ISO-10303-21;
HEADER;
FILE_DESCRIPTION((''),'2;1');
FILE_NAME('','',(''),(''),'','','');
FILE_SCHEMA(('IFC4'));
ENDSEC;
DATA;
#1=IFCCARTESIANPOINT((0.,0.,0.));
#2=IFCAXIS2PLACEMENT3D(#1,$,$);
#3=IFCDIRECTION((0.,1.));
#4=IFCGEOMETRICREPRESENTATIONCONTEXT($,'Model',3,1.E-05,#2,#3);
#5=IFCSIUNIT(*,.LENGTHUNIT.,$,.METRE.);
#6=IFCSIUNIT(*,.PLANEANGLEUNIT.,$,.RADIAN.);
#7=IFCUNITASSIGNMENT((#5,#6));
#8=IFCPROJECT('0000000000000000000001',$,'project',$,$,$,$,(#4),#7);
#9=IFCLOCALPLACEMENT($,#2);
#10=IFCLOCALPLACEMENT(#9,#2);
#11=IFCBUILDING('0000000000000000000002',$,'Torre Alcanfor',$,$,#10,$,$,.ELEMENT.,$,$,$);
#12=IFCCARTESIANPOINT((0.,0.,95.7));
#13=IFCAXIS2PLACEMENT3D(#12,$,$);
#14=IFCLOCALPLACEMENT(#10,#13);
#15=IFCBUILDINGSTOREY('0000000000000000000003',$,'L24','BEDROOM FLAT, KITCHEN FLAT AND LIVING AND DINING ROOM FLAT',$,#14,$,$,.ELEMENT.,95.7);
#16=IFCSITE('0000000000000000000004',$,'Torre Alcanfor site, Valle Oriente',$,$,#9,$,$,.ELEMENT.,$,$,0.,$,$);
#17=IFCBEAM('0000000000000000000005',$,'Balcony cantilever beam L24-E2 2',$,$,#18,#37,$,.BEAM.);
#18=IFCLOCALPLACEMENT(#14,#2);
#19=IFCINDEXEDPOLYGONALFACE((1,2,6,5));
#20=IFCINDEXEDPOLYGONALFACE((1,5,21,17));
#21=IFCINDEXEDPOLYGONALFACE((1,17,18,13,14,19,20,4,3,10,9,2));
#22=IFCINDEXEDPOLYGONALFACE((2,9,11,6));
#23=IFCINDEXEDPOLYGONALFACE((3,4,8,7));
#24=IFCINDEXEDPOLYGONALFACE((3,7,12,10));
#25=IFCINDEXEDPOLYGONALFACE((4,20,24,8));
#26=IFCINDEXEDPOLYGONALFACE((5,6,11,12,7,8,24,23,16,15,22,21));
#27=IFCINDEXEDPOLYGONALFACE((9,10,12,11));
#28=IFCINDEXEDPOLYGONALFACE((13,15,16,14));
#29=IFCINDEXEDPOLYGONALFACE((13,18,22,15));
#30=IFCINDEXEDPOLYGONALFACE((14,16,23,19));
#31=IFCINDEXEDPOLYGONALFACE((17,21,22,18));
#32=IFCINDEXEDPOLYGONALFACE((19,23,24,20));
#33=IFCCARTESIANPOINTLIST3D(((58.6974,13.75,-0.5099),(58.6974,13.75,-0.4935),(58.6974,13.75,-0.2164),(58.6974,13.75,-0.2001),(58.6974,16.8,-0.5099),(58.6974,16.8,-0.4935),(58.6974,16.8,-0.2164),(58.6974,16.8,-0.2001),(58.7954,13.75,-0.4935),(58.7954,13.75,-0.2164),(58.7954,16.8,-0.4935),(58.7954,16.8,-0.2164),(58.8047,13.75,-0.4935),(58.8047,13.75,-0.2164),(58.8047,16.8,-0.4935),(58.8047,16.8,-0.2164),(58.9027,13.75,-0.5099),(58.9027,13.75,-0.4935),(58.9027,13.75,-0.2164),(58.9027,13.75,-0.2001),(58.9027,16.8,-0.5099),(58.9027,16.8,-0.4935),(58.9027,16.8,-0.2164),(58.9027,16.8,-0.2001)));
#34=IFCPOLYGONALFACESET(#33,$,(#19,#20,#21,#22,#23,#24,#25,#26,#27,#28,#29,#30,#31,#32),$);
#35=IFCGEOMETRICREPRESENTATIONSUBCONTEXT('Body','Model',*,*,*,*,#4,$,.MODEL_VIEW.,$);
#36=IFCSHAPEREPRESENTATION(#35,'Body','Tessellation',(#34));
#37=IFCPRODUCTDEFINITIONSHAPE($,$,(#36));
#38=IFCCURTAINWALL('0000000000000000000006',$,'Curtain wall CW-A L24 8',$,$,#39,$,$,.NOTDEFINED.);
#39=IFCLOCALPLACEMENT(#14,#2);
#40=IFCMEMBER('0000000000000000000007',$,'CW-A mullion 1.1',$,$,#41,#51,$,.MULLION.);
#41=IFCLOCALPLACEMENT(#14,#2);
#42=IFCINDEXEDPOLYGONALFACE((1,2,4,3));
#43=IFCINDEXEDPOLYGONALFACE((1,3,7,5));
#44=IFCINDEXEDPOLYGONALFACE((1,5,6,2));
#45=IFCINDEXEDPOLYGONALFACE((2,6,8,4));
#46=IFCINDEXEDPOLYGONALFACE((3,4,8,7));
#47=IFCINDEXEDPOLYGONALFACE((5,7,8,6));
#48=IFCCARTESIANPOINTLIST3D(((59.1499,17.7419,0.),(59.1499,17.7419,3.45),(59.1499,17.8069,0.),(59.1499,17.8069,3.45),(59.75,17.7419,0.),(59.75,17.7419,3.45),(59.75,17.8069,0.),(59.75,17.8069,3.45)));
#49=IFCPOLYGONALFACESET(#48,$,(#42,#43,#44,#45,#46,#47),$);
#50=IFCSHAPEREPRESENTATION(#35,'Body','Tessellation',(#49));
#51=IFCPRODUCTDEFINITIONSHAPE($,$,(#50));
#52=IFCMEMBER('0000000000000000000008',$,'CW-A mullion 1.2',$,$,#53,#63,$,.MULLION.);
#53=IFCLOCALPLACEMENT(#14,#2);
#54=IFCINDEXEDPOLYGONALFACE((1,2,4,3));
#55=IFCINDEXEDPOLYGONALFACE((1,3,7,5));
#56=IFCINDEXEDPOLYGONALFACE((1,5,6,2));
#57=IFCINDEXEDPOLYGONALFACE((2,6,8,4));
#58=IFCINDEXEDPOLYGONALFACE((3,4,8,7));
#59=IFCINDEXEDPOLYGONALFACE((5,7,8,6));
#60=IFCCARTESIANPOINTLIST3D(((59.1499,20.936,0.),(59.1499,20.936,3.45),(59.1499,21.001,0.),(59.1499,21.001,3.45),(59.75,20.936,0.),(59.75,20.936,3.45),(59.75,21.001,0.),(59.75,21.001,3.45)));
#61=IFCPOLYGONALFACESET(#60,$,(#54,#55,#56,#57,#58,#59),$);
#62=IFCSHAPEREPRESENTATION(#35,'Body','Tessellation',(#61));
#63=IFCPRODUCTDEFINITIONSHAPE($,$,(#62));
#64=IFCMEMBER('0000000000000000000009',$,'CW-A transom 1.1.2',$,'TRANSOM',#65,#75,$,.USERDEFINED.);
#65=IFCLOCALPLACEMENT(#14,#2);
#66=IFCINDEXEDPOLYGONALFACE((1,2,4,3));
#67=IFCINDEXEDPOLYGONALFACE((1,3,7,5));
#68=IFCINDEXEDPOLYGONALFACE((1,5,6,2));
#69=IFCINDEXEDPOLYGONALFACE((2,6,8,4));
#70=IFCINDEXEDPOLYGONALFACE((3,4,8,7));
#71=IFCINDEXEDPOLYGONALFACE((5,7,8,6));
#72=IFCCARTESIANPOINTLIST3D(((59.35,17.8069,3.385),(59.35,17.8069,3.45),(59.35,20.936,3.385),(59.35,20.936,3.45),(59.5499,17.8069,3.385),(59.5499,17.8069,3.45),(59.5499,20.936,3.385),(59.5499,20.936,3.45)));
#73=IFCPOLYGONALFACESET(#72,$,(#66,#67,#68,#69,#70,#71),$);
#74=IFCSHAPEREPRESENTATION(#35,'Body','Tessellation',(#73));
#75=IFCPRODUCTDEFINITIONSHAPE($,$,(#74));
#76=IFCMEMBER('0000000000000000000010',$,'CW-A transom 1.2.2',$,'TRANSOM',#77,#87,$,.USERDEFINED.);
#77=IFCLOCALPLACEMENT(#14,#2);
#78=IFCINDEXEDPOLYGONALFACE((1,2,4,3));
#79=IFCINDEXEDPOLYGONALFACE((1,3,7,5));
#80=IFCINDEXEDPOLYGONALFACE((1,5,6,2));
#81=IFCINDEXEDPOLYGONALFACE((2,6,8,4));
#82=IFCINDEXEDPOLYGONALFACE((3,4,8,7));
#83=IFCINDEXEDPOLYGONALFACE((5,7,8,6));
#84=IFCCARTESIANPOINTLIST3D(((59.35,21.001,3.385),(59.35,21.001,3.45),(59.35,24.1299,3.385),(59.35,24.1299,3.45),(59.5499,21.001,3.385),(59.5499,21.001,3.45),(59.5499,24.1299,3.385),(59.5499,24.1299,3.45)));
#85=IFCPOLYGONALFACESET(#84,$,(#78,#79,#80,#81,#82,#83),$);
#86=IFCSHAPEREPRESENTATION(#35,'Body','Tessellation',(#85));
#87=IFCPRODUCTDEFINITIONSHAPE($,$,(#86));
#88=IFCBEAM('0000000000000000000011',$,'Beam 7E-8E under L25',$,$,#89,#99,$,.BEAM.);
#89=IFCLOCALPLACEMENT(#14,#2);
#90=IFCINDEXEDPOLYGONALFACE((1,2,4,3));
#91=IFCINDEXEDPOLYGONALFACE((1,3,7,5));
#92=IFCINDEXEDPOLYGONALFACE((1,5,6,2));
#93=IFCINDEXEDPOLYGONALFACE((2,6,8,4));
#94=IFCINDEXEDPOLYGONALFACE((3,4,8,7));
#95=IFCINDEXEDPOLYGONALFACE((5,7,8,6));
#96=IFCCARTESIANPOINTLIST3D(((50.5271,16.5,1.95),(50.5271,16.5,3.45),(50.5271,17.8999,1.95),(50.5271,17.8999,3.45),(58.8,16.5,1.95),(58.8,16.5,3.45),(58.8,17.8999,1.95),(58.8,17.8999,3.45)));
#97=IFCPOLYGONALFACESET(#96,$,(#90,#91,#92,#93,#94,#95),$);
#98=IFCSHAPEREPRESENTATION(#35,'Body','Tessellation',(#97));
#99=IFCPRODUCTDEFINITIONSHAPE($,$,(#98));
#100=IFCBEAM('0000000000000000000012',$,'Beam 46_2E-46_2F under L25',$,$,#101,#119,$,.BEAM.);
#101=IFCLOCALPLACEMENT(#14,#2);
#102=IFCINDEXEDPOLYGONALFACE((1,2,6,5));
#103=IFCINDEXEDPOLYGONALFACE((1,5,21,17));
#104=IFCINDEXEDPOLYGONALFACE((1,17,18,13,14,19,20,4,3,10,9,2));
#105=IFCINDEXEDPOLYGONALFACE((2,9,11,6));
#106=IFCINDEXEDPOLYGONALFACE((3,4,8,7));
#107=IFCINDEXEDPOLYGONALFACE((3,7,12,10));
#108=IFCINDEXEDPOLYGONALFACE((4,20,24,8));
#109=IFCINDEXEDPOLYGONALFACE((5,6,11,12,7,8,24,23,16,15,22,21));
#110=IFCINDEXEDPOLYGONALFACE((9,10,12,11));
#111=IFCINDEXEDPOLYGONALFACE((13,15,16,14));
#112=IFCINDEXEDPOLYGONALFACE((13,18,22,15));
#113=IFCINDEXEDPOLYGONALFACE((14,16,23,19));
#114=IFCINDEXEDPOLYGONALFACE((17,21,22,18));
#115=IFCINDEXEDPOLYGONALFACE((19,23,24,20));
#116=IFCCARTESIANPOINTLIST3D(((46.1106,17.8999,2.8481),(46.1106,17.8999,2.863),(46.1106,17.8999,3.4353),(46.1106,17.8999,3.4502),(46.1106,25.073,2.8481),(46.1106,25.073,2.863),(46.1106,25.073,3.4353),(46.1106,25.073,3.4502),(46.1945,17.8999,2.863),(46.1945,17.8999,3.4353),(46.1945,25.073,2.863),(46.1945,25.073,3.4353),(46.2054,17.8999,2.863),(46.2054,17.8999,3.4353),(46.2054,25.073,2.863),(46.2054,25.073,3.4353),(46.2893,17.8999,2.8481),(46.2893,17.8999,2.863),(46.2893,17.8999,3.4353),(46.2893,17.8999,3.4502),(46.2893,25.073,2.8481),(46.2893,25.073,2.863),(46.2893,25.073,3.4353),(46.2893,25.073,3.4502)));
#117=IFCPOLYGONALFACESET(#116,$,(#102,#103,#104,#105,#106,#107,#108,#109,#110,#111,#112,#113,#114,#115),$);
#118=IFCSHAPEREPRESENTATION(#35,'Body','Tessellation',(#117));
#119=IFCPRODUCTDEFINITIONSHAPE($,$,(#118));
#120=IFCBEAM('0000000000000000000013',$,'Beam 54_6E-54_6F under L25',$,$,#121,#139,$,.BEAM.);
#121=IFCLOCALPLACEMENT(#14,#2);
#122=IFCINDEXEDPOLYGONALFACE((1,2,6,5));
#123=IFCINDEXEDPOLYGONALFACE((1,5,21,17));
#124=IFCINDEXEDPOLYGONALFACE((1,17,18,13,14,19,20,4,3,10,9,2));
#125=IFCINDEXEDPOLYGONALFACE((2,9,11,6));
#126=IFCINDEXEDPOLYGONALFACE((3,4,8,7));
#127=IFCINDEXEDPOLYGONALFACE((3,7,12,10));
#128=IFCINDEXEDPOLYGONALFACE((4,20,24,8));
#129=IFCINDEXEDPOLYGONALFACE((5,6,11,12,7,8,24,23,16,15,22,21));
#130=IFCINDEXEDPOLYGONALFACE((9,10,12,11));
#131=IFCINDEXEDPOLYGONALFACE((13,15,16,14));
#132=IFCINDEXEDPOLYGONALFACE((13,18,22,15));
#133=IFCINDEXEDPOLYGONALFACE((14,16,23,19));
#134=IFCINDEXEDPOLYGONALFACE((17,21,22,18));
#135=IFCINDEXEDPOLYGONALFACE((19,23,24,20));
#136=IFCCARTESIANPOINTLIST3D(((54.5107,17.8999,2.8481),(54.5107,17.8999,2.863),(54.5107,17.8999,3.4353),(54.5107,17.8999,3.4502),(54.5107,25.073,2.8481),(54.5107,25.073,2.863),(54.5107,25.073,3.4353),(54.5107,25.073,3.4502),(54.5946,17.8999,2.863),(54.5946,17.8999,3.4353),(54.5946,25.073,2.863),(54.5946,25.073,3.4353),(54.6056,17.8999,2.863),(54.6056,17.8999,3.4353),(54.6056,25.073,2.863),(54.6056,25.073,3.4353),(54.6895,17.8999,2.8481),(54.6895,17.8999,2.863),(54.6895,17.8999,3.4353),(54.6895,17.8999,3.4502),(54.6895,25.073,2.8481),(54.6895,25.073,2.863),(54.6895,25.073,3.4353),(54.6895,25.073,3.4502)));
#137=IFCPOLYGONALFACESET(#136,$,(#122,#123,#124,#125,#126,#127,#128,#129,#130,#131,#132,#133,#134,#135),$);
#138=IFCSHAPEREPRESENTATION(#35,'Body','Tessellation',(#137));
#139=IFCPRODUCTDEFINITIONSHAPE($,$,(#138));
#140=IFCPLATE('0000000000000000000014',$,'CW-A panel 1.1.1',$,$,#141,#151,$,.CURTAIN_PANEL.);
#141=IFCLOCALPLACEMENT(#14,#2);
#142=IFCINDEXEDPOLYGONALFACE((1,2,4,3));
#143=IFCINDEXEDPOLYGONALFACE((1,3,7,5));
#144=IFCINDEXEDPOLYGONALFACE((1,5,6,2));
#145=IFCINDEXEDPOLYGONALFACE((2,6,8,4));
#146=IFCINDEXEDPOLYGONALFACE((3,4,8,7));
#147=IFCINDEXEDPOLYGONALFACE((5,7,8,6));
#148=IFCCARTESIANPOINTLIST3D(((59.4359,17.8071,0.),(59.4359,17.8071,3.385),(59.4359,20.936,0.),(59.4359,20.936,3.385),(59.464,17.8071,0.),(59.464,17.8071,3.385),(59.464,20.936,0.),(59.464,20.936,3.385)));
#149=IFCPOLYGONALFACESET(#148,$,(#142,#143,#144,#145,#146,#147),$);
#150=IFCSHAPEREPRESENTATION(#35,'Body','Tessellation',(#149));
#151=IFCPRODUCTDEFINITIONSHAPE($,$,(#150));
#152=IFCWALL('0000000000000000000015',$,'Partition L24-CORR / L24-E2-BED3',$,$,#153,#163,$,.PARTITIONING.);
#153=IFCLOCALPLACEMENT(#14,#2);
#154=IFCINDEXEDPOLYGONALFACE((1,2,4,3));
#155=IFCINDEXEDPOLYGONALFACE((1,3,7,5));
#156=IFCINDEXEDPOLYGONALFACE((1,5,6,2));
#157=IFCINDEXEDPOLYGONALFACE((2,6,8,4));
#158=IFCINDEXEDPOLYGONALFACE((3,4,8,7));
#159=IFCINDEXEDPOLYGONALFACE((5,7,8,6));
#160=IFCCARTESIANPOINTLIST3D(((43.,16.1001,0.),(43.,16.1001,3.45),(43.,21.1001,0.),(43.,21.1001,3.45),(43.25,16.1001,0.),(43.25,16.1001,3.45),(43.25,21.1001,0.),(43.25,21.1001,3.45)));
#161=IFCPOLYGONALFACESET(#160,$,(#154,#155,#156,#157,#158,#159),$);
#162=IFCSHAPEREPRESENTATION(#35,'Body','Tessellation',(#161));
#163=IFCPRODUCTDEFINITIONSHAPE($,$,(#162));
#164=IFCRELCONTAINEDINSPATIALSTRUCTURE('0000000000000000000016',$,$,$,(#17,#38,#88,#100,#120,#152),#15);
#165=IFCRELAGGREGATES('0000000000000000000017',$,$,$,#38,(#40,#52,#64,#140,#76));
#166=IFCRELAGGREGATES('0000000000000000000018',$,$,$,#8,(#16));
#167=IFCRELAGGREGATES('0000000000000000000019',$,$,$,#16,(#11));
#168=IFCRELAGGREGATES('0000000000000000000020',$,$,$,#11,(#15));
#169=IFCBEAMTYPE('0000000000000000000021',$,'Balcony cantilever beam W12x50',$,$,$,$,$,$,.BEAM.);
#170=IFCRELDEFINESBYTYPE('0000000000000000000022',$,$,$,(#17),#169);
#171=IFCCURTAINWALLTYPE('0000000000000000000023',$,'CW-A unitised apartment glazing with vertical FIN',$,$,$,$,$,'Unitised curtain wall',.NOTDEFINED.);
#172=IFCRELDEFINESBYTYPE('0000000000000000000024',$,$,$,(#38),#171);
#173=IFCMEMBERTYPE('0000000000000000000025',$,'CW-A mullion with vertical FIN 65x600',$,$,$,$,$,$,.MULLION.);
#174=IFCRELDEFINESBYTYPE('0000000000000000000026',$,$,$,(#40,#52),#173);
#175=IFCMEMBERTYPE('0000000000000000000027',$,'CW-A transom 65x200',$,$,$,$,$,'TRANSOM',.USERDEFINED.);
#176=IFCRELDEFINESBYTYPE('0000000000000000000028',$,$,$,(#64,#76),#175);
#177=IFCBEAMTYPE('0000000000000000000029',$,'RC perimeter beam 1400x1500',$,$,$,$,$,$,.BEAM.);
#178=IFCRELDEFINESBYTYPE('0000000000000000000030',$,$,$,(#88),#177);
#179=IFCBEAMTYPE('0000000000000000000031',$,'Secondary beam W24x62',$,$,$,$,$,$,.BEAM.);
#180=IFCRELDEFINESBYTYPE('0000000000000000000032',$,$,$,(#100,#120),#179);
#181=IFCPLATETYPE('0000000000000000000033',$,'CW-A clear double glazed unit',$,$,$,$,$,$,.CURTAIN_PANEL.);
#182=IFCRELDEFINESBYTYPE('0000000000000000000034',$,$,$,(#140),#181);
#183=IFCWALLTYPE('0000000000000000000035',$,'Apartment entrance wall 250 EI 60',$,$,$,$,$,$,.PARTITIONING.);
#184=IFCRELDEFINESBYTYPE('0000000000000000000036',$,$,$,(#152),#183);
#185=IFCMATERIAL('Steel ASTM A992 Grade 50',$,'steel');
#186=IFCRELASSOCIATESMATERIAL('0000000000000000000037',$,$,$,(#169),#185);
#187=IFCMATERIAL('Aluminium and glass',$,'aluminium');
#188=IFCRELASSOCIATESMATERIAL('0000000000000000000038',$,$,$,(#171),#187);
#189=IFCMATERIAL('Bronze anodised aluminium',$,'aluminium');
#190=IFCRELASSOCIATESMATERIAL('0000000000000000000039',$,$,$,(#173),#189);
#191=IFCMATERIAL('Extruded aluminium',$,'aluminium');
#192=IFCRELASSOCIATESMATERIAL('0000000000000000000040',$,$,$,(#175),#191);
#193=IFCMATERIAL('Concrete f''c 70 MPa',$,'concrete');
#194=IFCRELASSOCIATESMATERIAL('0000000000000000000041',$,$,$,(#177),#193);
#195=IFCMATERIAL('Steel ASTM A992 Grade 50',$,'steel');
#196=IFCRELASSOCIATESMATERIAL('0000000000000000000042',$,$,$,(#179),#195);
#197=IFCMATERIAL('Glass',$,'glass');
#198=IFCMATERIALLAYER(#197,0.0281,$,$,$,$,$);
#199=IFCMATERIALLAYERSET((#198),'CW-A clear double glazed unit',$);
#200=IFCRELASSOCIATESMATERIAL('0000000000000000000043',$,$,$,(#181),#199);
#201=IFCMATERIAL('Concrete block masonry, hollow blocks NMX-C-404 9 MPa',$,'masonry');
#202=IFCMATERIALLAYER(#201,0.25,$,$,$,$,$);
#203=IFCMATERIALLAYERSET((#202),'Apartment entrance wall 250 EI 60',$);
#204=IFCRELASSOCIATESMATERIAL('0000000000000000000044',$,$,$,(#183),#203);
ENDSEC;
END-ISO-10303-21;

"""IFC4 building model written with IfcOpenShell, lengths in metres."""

from ifc_helpers import new_model, si_unit, direction, frame, frame_2d, origin, origin_2d, place, context, subcontext, project, spatial, rectangle, i_section, extrude, material, layer, layer_set, material_profile, profile_set, type_object, element, aggregate, save


model = new_model("IFC4")

# Units and contexts
model_context = context("Model", 3, precision=1e-05, world=origin(), true_north=direction((0.0, 1.0)))
body_context = subcontext(model_context, "Body", "Model", "MODEL_VIEW")
ifc_project = project(units=[si_unit("LENGTHUNIT", "METRE"), si_unit("PLANEANGLEUNIT", "RADIAN")], contexts=[model_context])

# Site, building, storey
site_placement = place(None, origin())
site = spatial("IfcSite", under=ifc_project, at=site_placement, Name="Torre Alcanfor site, Valle Oriente", CompositionType="ELEMENT", RefElevation=0.0)
building_placement = place(site_placement, origin())
building = spatial("IfcBuilding", under=site, at=building_placement, Name="Torre Alcanfor", CompositionType="ELEMENT")
storey_placement = place(building_placement, frame((0.0, 0.0, 95.7)))
storey = spatial("IfcBuildingStorey", under=building, at=storey_placement, Name="L24", Description="BEDROOM FLAT, KITCHEN FLAT AND LIVING AND DINING ROOM FLAT", CompositionType="ELEMENT", Elevation=95.7)

# Beam
ifc_material_1 = material(Name="Steel ASTM A992 Grade 50", Category="steel")
ifc_material_profile_1 = material_profile(ifc_material_1, i_section(OverallWidth=0.2053, OverallDepth=0.3098, WebThickness=0.0093, FlangeThickness=0.0164, at=origin_2d()), Name="W12x50")
ifc_profile_set_1 = profile_set([ifc_material_profile_1], Name="Steel ASTM A992 Grade 50")
beam_type_1 = type_object("IfcBeamType", Name="Balcony cantilever beam W12x50", PredefinedType="BEAM", material=ifc_profile_set_1)
beam_1_placement = place(storey_placement, frame((58.8, 16.8, -0.355), z_axis=(0.0, -1.0, 0.0), x_axis=(1.0, 0.0, 0.0)))
element("IfcBeam", 1, at=beam_1_placement, inside=storey, type_object=beam_type_1, Name="Balcony cantilever beam L24-E2 2", PredefinedType="BEAM", context=body_context, shape_type="SweptSolid", body=[
    extrude(i_section(OverallWidth=0.2053, OverallDepth=0.3098, WebThickness=0.0093, FlangeThickness=0.0164, at=origin_2d()), origin(), (0.0, 0.0, 1.0), 3.05),
])

# Curtain wall, members
ifc_material_2 = material(Name="Aluminium and glass", Category="aluminium")
curtain_wall_type = type_object("IfcCurtainWallType", Name="CW-A unitised apartment glazing with vertical FIN", ElementType="Unitised curtain wall", PredefinedType="NOTDEFINED", material=ifc_material_2)
curtain_wall_placement = place(storey_placement, origin())
curtain_wall = element("IfcCurtainWall", 2, at=curtain_wall_placement, inside=storey, type_object=curtain_wall_type, Name="Curtain wall CW-A L24 8", PredefinedType="NOTDEFINED")
ifc_material_3 = material(Name="Bronze anodised aluminium", Category="aluminium")
ifc_material_profile_2 = material_profile(ifc_material_3, rectangle(XDim=0.6001, YDim=0.0649, at=origin_2d()), Name="CW-A mullion 65x600")
ifc_profile_set_2 = profile_set([ifc_material_profile_2], Name="Bronze anodised aluminium")
member_type_1 = type_object("IfcMemberType", Name="CW-A mullion with vertical FIN 65x600", PredefinedType="MULLION", material=ifc_profile_set_2)
member_1_placement = place(storey_placement, frame((59.45, 17.7744, 0.0), z_axis=(0.0, 0.0, 1.0), x_axis=(-1.0, 0.0, 0.0)))
member_1 = element("IfcMember", 3, at=member_1_placement, type_object=member_type_1, Name="CW-A mullion 1.1", PredefinedType="MULLION", context=body_context, shape_type="SweptSolid", body=[
    extrude(rectangle(XDim=0.6001, YDim=0.0649, at=origin_2d()), origin(), (0.0, 0.0, 1.0), 3.45),
])
member_2_placement = place(storey_placement, frame((59.45, 20.9685, 0.0), z_axis=(0.0, 0.0, 1.0), x_axis=(-1.0, 0.0, 0.0)))
member_2 = element("IfcMember", 4, at=member_2_placement, type_object=member_type_1, Name="CW-A mullion 1.2", PredefinedType="MULLION", context=body_context, shape_type="SweptSolid", body=[
    extrude(rectangle(XDim=0.6001, YDim=0.0649, at=origin_2d()), origin(), (0.0, 0.0, 1.0), 3.45),
])
ifc_material_4 = material(Name="Extruded aluminium", Category="aluminium")
ifc_material_profile_3 = material_profile(ifc_material_4, rectangle(XDim=0.2, YDim=0.0649, at=origin_2d()), Name="CW-A transom 200x65")
ifc_profile_set_3 = profile_set([ifc_material_profile_3], Name="Extruded aluminium")
member_type_2 = type_object("IfcMemberType", Name="CW-A transom 65x200", ElementType="TRANSOM", PredefinedType="USERDEFINED", material=ifc_profile_set_3)
member_3_placement = place(storey_placement, frame((59.45, 17.8069, 3.4175), z_axis=(0.0, 1.0, 0.0), x_axis=(-1.0, 0.0, 0.0)))
member_3 = element("IfcMember", 5, at=member_3_placement, type_object=member_type_2, Name="CW-A transom 1.1.2", ObjectType="TRANSOM", PredefinedType="USERDEFINED", context=body_context, shape_type="SweptSolid", body=[
    extrude(rectangle(XDim=0.2, YDim=0.0649, at=origin_2d()), origin(), (0.0, 0.0, 1.0), 3.1292),
])
member_4_placement = place(storey_placement, frame((59.45, 21.001, 3.4175), z_axis=(0.0, 1.0, 0.0), x_axis=(-1.0, 0.0, 0.0)))
member_4 = element("IfcMember", 6, at=member_4_placement, type_object=member_type_2, Name="CW-A transom 1.2.2", ObjectType="TRANSOM", PredefinedType="USERDEFINED", context=body_context, shape_type="SweptSolid", body=[
    extrude(rectangle(XDim=0.2, YDim=0.0649, at=origin_2d()), origin(), (0.0, 0.0, 1.0), 3.1289),
])

# Beams
ifc_material_5 = material(Name="Concrete f'c 70 MPa", Category="concrete")
ifc_material_profile_4 = material_profile(ifc_material_5, rectangle(XDim=1.3999, YDim=1.5, at=origin_2d()), Name="1400x1500")
ifc_profile_set_4 = profile_set([ifc_material_profile_4], Name="Concrete f'c 70 MPa")
beam_type_2 = type_object("IfcBeamType", Name="RC perimeter beam 1400x1500", PredefinedType="BEAM", material=ifc_profile_set_4)
beam_2_placement = place(storey_placement, frame((50.5271, 17.2, 2.7), z_axis=(1.0, 0.0, 0.0), x_axis=(0.0, 1.0, 0.0)))
element("IfcBeam", 7, at=beam_2_placement, inside=storey, type_object=beam_type_2, Name="Beam 7E-8E under L25", PredefinedType="BEAM", context=body_context, shape_type="SweptSolid", body=[
    extrude(rectangle(XDim=1.3999, YDim=1.5, at=origin_2d()), origin(), (0.0, 0.0, 1.0), 8.2729),
])
ifc_material_6 = material(Name="Steel ASTM A992 Grade 50", Category="steel")
ifc_material_profile_5 = material_profile(ifc_material_6, i_section(OverallWidth=0.1787, OverallDepth=0.6021, WebThickness=0.011, FlangeThickness=0.0149, at=origin_2d()), Name="W24x62")
ifc_profile_set_5 = profile_set([ifc_material_profile_5], Name="Steel ASTM A992 Grade 50")
beam_type_3 = type_object("IfcBeamType", Name="Secondary beam W24x62", PredefinedType="BEAM", material=ifc_profile_set_5)
for number, where, z_axis, x_axis, name in (
    (8, (46.2, 17.8999, 3.1492), (0.0, 1.0, 0.0), (-1.0, 0.0, 0.0), "Beam 46_2E-46_2F under L25"),
    (9, (54.6001, 17.8999, 3.1492), (0.0, 1.0, 0.0), (-1.0, 0.0, 0.0), "Beam 54_6E-54_6F under L25"),
):
    element("IfcBeam", number, at=place(storey_placement, frame(where, z_axis=z_axis, x_axis=x_axis)), inside=storey, type_object=beam_type_3, Name=name, PredefinedType="BEAM", context=body_context, shape_type="SweptSolid", body=[
        extrude(i_section(OverallWidth=0.1787, OverallDepth=0.6021, WebThickness=0.011, FlangeThickness=0.0149, at=origin_2d()), origin(), (0.0, 0.0, 1.0), 7.1731),
    ])

# Plate
ifc_material_7 = material(Name="Glass", Category="glass")
ifc_layer_1 = layer(ifc_material_7, 0.0281)
ifc_layer_set_1 = layer_set([ifc_layer_1], Name="CW-A clear double glazed unit")
plate_type = type_object("IfcPlateType", Name="CW-A clear double glazed unit", PredefinedType="CURTAIN_PANEL", material=ifc_layer_set_1)
plate_placement = place(storey_placement, frame((59.45, 19.3716, 0.0), z_axis=(0.0, 0.0, 1.0), x_axis=(0.0, 1.0, 0.0)))
plate = element("IfcPlate", 10, at=plate_placement, type_object=plate_type, Name="CW-A panel 1.1.1", PredefinedType="CURTAIN_PANEL", context=body_context, shape_type="SweptSolid", body=[
    extrude(rectangle(XDim=3.1289, YDim=0.0281, at=origin_2d()), origin(), (0.0, 0.0, 1.0), 3.385),
])
aggregate(curtain_wall, [member_1, member_2, member_3, plate, member_4])

# Wall
ifc_material_8 = material(Name="Concrete block masonry, hollow blocks NMX-C-404 9 MPa", Category="masonry")
ifc_layer_2 = layer(ifc_material_8, 0.25)
ifc_layer_set_2 = layer_set([ifc_layer_2], Name="Apartment entrance wall 250 EI 60")
wall_type_1 = type_object("IfcWallType", Name="Apartment entrance wall 250 EI 60", PredefinedType="PARTITIONING", material=ifc_layer_set_2)
wall_1_placement = place(storey_placement, frame((43.125, 21.1001, 0.0), z_axis=(0.0, 0.0, 1.0), x_axis=(0.0, -1.0, 0.0)))
element("IfcWall", 11, at=wall_1_placement, inside=storey, type_object=wall_type_1, Name="Partition L24-CORR / L24-E2-BED3", PredefinedType="PARTITIONING", context=body_context, shape_type="SweptSolid", body=[
    extrude(rectangle(XDim=5.0, YDim=0.25, at=frame_2d((2.5, 0.0))), origin(), (0.0, 0.0, 1.0), 3.45),
])

save(model, "model.ifc")
